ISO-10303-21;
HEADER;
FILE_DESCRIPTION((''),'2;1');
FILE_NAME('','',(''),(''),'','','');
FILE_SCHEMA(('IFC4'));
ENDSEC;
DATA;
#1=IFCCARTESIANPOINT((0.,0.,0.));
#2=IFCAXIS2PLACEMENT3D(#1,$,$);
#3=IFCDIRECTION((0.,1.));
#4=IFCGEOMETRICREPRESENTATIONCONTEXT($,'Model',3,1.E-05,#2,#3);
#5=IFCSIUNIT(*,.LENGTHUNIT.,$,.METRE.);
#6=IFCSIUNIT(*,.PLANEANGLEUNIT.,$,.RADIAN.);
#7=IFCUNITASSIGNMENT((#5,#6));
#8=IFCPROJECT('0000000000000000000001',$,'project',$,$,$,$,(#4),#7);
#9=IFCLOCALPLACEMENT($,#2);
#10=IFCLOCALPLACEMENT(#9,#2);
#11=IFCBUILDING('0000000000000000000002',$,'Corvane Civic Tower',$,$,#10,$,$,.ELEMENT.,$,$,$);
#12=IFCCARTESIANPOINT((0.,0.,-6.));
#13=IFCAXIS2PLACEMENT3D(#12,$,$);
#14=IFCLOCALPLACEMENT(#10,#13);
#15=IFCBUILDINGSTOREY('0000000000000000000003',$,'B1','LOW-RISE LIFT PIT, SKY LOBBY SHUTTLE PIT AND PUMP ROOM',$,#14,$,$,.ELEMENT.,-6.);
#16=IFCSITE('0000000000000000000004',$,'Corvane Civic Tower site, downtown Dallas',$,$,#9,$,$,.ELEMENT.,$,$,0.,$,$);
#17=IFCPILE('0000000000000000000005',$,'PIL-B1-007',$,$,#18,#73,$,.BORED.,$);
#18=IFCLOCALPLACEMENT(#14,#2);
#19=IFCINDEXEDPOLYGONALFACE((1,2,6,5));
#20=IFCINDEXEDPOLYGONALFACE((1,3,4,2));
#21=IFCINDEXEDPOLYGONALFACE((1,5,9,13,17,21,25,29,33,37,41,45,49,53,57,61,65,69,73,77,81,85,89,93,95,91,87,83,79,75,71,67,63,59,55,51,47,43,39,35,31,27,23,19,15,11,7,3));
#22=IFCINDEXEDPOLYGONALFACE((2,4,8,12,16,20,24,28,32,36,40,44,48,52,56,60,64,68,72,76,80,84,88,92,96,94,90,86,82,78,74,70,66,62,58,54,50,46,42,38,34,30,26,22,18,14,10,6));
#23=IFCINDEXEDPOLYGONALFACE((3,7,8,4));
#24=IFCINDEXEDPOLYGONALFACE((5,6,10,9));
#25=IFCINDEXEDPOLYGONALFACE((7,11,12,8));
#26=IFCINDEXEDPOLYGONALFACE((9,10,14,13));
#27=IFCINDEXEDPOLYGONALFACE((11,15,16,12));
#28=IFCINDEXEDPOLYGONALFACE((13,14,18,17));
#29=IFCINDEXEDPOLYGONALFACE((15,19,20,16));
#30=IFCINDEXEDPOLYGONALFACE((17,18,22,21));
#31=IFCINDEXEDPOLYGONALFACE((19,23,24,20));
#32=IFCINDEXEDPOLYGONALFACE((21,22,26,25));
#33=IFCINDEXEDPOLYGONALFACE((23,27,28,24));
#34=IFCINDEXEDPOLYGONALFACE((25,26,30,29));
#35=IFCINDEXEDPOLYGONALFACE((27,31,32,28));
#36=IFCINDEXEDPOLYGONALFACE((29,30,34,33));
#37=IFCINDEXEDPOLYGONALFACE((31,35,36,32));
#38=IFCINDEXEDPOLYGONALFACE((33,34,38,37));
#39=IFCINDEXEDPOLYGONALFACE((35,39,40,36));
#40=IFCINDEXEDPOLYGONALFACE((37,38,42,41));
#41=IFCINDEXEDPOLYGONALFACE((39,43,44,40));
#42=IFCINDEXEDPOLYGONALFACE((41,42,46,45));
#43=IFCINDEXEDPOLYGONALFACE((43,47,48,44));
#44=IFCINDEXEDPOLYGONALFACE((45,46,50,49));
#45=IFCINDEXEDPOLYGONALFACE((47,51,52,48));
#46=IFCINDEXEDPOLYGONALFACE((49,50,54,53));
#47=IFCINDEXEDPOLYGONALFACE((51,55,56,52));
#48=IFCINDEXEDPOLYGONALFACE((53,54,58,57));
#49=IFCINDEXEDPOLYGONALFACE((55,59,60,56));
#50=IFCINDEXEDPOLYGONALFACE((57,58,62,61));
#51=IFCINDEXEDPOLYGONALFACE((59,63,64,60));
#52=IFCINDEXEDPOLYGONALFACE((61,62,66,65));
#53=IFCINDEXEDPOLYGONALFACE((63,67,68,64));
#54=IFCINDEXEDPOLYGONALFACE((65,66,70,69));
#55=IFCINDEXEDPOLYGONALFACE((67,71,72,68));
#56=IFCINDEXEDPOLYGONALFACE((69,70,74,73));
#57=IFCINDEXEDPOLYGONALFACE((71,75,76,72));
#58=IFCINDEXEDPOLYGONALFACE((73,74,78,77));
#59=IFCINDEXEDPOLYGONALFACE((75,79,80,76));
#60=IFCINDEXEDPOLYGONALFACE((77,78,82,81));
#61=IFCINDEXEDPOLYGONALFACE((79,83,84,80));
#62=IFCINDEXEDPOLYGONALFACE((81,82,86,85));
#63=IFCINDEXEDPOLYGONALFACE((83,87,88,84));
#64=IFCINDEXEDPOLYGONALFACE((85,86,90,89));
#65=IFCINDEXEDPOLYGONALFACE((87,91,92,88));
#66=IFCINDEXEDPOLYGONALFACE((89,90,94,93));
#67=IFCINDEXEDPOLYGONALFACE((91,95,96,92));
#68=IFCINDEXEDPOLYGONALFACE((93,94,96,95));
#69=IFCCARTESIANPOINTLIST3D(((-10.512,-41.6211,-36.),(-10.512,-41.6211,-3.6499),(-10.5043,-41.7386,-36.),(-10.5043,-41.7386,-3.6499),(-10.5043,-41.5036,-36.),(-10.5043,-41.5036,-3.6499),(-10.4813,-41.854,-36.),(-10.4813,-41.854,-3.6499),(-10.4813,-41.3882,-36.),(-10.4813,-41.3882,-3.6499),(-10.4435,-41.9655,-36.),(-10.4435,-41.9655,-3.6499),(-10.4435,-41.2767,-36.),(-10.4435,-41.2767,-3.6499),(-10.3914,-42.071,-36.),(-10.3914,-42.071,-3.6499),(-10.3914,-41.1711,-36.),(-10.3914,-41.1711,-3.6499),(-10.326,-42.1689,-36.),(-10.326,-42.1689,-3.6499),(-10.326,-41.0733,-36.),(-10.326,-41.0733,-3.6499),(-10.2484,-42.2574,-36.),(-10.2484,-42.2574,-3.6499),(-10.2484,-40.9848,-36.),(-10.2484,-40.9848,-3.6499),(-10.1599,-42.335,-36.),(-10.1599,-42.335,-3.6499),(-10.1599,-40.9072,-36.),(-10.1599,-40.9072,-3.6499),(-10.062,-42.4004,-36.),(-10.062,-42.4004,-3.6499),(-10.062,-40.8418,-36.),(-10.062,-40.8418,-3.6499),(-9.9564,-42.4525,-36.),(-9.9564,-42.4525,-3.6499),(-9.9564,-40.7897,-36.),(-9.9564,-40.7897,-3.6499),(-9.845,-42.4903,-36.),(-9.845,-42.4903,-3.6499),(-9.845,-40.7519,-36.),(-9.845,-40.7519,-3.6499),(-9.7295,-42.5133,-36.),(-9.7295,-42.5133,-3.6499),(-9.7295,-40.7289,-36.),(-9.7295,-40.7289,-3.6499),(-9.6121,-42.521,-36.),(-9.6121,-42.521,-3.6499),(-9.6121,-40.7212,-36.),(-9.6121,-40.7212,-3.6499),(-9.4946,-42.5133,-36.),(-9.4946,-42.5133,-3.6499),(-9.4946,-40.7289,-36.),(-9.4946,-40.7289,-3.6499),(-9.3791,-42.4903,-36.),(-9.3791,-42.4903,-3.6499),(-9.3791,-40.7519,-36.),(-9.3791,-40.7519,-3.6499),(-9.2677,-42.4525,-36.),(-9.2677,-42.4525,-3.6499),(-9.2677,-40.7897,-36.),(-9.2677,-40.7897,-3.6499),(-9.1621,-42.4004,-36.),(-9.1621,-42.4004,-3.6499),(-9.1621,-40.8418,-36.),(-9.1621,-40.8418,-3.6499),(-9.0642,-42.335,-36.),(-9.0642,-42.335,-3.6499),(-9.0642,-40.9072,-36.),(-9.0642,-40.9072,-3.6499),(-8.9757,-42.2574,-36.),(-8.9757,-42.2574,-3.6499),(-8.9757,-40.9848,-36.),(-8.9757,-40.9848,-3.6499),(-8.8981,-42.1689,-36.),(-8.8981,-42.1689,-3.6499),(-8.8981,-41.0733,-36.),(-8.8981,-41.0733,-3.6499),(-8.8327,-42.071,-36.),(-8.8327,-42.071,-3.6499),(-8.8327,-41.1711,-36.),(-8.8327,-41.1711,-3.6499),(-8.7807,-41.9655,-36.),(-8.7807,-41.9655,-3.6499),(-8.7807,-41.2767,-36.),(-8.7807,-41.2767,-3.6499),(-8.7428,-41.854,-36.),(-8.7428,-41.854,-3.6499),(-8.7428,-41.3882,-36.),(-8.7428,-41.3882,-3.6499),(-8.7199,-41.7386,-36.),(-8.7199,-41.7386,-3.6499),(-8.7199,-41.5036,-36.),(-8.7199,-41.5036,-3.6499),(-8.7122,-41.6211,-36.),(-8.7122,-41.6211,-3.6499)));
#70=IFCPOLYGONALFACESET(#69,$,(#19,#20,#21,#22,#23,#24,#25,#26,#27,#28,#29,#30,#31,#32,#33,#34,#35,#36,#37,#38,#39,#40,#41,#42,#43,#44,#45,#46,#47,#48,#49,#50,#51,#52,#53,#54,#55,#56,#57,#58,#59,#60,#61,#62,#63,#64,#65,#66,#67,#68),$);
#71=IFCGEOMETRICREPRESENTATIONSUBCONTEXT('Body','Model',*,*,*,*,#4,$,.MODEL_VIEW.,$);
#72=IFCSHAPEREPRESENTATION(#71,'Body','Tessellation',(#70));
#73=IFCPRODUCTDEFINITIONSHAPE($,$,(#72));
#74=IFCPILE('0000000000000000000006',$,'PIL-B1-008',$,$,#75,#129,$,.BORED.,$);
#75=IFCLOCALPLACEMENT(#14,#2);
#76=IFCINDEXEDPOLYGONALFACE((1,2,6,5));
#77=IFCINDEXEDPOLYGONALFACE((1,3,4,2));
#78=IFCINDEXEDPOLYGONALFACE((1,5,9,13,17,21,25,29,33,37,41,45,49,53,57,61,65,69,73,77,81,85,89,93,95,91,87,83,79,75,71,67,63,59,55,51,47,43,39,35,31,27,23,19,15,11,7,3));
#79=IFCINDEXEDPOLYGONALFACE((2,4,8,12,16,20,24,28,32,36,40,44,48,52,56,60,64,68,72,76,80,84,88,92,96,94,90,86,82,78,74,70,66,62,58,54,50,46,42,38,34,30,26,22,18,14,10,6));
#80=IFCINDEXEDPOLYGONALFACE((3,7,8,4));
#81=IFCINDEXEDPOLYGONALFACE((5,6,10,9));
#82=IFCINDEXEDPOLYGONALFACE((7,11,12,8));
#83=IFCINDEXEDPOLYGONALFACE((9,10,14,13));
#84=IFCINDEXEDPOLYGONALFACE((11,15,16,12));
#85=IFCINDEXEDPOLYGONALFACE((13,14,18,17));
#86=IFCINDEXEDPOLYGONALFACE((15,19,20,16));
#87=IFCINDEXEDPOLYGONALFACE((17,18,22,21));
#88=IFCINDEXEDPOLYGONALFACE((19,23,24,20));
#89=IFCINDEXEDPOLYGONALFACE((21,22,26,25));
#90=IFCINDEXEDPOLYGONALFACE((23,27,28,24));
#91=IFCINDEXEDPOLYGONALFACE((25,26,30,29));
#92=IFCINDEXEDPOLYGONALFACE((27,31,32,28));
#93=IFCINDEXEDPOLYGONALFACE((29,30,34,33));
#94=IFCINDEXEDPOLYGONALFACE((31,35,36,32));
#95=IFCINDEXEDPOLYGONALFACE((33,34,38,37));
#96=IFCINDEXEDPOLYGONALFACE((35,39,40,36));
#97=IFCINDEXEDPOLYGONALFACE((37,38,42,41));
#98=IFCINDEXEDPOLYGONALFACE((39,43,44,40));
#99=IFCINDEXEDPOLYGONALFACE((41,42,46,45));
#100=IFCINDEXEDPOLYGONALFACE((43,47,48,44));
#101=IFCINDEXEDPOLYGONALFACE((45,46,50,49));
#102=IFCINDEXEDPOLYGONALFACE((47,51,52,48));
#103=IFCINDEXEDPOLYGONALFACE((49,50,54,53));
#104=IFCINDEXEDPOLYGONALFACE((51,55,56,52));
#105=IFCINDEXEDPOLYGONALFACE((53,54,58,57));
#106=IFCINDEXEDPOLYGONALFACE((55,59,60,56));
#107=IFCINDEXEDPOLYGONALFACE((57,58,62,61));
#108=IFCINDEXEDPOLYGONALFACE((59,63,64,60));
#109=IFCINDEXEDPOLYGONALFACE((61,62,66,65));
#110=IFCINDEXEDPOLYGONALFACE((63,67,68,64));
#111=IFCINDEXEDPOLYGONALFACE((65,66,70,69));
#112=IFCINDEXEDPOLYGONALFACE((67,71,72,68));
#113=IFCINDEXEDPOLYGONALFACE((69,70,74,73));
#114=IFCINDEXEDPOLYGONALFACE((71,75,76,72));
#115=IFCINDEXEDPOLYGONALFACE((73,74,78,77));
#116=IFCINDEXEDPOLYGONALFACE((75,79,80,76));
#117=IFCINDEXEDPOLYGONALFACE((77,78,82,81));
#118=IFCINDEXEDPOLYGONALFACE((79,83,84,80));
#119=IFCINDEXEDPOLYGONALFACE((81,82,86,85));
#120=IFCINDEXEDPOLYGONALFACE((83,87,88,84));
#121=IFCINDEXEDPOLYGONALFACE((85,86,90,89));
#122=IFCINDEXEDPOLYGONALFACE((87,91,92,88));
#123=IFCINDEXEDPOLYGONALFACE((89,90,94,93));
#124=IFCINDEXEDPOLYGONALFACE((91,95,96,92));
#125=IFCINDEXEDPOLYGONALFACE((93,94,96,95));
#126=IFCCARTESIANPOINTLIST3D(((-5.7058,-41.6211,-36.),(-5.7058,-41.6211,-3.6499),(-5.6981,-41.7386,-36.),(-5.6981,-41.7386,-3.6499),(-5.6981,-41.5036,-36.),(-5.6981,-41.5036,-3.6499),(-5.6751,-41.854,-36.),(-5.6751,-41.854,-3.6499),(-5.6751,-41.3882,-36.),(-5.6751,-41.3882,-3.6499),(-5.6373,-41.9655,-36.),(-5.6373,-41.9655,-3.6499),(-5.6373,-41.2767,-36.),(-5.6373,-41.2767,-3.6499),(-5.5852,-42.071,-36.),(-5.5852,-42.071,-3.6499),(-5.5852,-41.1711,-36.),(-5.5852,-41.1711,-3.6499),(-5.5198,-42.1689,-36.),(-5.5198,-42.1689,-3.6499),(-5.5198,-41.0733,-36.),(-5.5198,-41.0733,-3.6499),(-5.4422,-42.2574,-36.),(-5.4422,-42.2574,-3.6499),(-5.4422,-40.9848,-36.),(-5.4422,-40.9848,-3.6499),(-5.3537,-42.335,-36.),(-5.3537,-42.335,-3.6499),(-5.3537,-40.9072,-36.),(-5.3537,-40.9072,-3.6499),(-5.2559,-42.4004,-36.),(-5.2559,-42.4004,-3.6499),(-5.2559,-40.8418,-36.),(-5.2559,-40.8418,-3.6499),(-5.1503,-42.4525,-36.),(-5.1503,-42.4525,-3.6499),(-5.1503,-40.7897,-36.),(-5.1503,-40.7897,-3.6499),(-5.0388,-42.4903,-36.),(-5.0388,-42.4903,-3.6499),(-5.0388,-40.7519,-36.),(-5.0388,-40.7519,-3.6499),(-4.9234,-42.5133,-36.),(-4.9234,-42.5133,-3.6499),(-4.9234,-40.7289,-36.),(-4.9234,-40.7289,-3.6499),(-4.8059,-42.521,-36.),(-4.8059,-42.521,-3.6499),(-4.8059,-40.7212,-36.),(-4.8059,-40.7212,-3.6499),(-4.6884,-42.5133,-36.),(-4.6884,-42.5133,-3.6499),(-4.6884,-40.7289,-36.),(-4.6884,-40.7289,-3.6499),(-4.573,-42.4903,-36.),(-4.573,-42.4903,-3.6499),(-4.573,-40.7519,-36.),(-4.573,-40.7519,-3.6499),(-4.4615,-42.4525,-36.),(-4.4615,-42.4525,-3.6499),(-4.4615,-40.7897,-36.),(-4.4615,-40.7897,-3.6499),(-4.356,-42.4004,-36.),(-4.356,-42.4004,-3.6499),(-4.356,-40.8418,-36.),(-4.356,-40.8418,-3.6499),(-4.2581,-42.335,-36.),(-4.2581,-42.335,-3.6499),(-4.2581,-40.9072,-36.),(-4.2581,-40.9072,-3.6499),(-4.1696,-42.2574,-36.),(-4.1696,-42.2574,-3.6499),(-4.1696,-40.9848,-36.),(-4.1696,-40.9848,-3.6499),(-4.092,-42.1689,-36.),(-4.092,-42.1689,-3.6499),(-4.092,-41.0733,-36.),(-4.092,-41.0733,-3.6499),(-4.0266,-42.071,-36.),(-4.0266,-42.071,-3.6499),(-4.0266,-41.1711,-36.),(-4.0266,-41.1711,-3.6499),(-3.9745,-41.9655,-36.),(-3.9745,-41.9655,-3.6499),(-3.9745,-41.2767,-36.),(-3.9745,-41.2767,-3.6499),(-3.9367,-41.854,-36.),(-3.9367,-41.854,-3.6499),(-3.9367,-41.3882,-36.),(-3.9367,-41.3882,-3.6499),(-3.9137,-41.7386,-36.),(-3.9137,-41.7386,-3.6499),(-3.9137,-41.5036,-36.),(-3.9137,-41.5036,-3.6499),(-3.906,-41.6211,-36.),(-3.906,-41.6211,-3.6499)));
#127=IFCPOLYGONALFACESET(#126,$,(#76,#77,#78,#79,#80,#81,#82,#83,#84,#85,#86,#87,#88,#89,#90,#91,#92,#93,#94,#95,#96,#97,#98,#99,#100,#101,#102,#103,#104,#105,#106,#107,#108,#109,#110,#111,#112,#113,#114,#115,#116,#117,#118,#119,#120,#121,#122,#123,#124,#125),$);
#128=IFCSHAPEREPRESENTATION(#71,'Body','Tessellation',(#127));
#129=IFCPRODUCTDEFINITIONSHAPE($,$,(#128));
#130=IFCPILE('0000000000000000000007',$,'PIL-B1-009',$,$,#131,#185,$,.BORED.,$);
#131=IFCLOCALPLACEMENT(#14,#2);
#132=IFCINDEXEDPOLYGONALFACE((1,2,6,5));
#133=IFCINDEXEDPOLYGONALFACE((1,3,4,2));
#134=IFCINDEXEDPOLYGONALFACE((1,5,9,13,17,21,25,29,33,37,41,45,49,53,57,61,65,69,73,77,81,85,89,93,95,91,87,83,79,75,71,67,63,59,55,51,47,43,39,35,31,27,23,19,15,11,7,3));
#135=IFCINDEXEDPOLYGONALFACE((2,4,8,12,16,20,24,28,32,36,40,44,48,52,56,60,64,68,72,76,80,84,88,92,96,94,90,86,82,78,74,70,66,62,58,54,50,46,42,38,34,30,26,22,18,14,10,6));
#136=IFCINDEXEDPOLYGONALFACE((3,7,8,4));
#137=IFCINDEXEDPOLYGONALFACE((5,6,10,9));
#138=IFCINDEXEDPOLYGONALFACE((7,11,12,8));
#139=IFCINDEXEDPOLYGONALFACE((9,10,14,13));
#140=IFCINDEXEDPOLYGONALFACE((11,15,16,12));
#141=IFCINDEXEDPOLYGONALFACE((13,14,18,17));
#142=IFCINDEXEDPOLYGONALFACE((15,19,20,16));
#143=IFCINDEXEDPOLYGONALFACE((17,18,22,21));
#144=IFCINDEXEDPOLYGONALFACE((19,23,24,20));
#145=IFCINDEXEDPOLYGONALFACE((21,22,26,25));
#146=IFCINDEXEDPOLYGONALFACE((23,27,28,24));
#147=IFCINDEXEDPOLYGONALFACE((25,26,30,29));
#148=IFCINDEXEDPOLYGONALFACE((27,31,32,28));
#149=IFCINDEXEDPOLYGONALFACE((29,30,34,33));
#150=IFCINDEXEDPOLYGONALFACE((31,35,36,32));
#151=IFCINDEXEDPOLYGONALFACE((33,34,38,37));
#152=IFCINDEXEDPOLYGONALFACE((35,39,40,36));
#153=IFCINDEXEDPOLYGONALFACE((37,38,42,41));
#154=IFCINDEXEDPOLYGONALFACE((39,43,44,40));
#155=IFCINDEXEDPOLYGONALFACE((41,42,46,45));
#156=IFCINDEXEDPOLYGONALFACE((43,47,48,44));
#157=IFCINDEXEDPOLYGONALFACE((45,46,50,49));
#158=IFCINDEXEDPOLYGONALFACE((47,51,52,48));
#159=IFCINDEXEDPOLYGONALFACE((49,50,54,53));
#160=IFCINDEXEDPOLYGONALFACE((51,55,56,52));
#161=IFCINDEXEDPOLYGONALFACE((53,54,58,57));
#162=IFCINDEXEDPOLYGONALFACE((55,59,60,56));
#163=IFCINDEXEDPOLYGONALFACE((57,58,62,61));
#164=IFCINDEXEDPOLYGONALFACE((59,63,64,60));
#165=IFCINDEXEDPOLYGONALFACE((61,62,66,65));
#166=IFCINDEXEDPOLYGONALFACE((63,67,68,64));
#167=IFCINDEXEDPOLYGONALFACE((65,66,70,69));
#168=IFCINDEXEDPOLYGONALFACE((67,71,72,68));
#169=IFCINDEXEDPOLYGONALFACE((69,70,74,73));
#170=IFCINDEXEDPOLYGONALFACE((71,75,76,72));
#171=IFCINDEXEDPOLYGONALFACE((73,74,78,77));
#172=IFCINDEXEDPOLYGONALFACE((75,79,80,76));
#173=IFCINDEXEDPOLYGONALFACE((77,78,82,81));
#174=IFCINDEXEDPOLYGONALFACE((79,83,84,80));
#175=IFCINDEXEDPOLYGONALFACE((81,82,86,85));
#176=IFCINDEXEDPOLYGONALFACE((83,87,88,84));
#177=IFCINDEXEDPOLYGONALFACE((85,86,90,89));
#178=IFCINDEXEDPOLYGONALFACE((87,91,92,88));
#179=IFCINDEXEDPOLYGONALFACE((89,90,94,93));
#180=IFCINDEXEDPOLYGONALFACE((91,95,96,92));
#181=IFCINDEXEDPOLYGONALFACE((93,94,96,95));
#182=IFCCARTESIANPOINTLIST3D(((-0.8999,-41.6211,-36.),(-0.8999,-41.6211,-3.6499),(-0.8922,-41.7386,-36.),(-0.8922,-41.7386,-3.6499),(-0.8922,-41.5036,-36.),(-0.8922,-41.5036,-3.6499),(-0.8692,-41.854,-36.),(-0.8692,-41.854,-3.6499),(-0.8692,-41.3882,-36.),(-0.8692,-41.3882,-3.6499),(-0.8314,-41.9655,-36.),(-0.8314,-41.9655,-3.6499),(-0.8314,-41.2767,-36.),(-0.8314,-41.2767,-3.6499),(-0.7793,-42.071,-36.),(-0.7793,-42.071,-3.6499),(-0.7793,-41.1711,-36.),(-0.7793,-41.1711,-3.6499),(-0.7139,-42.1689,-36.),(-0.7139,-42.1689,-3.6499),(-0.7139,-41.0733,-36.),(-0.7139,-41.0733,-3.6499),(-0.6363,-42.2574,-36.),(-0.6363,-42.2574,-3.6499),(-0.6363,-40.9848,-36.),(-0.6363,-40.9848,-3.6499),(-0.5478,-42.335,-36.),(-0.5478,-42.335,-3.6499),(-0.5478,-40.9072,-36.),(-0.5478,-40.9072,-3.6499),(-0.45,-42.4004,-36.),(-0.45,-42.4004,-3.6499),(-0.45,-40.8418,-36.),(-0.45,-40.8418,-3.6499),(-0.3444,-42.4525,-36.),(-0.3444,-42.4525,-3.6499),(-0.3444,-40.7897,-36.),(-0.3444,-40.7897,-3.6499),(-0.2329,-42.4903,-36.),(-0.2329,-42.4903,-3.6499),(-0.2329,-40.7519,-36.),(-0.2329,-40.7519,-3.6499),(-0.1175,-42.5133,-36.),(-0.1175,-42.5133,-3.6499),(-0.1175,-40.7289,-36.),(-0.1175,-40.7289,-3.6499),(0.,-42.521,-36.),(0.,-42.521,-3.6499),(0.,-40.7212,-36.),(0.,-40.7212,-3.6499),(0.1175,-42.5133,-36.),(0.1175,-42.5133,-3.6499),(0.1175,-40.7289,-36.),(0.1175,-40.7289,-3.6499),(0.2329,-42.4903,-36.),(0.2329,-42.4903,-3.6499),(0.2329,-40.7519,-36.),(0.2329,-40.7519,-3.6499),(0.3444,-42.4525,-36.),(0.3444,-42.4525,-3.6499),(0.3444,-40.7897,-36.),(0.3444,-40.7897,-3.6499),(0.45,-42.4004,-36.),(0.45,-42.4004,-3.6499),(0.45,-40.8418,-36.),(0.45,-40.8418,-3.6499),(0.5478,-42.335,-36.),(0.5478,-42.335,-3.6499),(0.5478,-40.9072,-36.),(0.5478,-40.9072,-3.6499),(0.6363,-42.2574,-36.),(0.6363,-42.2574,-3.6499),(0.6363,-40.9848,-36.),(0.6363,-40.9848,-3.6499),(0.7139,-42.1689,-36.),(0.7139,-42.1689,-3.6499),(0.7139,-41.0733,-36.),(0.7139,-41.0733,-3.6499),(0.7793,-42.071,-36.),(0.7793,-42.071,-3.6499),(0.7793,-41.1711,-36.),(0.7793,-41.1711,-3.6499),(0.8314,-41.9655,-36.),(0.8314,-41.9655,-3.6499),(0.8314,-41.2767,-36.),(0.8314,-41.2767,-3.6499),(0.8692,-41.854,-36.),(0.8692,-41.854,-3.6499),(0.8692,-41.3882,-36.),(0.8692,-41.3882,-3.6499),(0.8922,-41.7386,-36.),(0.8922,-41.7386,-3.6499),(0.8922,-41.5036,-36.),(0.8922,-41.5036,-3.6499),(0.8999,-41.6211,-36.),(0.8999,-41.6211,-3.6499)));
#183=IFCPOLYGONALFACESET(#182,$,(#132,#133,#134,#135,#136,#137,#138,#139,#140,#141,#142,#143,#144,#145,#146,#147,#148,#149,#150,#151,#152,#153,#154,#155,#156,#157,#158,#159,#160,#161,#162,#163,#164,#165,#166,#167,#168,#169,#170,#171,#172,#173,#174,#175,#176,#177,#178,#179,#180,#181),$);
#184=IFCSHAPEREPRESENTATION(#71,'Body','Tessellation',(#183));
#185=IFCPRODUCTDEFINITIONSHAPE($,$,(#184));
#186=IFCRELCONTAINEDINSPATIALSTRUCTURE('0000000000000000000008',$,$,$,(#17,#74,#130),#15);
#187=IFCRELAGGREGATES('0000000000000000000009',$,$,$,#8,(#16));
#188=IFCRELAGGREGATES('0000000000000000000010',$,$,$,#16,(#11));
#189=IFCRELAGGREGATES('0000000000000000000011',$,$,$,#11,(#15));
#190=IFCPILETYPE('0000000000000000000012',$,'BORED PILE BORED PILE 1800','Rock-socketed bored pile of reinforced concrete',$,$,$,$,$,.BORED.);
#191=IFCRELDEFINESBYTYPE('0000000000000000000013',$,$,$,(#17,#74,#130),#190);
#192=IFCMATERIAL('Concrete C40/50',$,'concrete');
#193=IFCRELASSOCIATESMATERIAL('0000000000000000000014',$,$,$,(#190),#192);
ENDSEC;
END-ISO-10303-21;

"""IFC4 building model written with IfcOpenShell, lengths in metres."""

from ifc_helpers import new_model, si_unit, direction, frame, origin, origin_2d, place, context, subcontext, project, spatial, circle, extrude, material, material_profile, profile_set, type_object, element, save


model = new_model("IFC4")

# Units and contexts
model_context = context("Model", 3, precision=1e-05, world=origin(), true_north=direction((0.0, 1.0)))
body_context = subcontext(model_context, "Body", "Model", "MODEL_VIEW")
ifc_project = project(units=[si_unit("LENGTHUNIT", "METRE"), si_unit("PLANEANGLEUNIT", "RADIAN")], contexts=[model_context])

# Site, building, storey
site_placement = place(None, origin())
site = spatial("IfcSite", under=ifc_project, at=site_placement, Name="Corvane Civic Tower site, downtown Dallas", CompositionType="ELEMENT", RefElevation=0.0)
building_placement = place(site_placement, origin())
building = spatial("IfcBuilding", under=site, at=building_placement, Name="Corvane Civic Tower", CompositionType="ELEMENT")
storey_placement = place(building_placement, frame((0.0, 0.0, -6.0)))
storey = spatial("IfcBuildingStorey", under=building, at=storey_placement, Name="B1", Description="LOW-RISE LIFT PIT, SKY LOBBY SHUTTLE PIT AND PUMP ROOM", CompositionType="ELEMENT", Elevation=-6.0)

# Piles
ifc_material_1 = material(Name="Concrete C40/50", Category="concrete")
ifc_material_profile_1 = material_profile(ifc_material_1, circle(Radius=0.8999, at=origin_2d()), Name="BORED PILE 1800")
ifc_profile_set_1 = profile_set([ifc_material_profile_1], Name="Concrete C40/50")
pile_type_1 = type_object("IfcPileType", Name="BORED PILE BORED PILE 1800", Description="Rock-socketed bored pile of reinforced concrete", PredefinedType="BORED", material=ifc_profile_set_1)
for number, where, z_axis, x_axis, name in (
    (1, (-9.6121, -41.6211, -3.6499), (0.0, 0.0, -1.0), (1.0, 0.0, 0.0), "PIL-B1-007"),
    (2, (-4.8059, -41.6211, -3.6499), (0.0, 0.0, -1.0), (1.0, 0.0, 0.0), "PIL-B1-008"),
    (3, (0.0, -41.6211, -3.6499), (0.0, 0.0, -1.0), (1.0, 0.0, 0.0), "PIL-B1-009"),
):
    element("IfcPile", number, at=place(storey_placement, frame(where, z_axis=z_axis, x_axis=x_axis)), inside=storey, type_object=pile_type_1, Name=name, PredefinedType="BORED", context=body_context, shape_type="SweptSolid", body=[
        extrude(circle(Radius=0.8999, at=origin_2d()), origin(), (0.0, 0.0, 1.0), 32.3501),
    ])

save(model, "model.ifc")
